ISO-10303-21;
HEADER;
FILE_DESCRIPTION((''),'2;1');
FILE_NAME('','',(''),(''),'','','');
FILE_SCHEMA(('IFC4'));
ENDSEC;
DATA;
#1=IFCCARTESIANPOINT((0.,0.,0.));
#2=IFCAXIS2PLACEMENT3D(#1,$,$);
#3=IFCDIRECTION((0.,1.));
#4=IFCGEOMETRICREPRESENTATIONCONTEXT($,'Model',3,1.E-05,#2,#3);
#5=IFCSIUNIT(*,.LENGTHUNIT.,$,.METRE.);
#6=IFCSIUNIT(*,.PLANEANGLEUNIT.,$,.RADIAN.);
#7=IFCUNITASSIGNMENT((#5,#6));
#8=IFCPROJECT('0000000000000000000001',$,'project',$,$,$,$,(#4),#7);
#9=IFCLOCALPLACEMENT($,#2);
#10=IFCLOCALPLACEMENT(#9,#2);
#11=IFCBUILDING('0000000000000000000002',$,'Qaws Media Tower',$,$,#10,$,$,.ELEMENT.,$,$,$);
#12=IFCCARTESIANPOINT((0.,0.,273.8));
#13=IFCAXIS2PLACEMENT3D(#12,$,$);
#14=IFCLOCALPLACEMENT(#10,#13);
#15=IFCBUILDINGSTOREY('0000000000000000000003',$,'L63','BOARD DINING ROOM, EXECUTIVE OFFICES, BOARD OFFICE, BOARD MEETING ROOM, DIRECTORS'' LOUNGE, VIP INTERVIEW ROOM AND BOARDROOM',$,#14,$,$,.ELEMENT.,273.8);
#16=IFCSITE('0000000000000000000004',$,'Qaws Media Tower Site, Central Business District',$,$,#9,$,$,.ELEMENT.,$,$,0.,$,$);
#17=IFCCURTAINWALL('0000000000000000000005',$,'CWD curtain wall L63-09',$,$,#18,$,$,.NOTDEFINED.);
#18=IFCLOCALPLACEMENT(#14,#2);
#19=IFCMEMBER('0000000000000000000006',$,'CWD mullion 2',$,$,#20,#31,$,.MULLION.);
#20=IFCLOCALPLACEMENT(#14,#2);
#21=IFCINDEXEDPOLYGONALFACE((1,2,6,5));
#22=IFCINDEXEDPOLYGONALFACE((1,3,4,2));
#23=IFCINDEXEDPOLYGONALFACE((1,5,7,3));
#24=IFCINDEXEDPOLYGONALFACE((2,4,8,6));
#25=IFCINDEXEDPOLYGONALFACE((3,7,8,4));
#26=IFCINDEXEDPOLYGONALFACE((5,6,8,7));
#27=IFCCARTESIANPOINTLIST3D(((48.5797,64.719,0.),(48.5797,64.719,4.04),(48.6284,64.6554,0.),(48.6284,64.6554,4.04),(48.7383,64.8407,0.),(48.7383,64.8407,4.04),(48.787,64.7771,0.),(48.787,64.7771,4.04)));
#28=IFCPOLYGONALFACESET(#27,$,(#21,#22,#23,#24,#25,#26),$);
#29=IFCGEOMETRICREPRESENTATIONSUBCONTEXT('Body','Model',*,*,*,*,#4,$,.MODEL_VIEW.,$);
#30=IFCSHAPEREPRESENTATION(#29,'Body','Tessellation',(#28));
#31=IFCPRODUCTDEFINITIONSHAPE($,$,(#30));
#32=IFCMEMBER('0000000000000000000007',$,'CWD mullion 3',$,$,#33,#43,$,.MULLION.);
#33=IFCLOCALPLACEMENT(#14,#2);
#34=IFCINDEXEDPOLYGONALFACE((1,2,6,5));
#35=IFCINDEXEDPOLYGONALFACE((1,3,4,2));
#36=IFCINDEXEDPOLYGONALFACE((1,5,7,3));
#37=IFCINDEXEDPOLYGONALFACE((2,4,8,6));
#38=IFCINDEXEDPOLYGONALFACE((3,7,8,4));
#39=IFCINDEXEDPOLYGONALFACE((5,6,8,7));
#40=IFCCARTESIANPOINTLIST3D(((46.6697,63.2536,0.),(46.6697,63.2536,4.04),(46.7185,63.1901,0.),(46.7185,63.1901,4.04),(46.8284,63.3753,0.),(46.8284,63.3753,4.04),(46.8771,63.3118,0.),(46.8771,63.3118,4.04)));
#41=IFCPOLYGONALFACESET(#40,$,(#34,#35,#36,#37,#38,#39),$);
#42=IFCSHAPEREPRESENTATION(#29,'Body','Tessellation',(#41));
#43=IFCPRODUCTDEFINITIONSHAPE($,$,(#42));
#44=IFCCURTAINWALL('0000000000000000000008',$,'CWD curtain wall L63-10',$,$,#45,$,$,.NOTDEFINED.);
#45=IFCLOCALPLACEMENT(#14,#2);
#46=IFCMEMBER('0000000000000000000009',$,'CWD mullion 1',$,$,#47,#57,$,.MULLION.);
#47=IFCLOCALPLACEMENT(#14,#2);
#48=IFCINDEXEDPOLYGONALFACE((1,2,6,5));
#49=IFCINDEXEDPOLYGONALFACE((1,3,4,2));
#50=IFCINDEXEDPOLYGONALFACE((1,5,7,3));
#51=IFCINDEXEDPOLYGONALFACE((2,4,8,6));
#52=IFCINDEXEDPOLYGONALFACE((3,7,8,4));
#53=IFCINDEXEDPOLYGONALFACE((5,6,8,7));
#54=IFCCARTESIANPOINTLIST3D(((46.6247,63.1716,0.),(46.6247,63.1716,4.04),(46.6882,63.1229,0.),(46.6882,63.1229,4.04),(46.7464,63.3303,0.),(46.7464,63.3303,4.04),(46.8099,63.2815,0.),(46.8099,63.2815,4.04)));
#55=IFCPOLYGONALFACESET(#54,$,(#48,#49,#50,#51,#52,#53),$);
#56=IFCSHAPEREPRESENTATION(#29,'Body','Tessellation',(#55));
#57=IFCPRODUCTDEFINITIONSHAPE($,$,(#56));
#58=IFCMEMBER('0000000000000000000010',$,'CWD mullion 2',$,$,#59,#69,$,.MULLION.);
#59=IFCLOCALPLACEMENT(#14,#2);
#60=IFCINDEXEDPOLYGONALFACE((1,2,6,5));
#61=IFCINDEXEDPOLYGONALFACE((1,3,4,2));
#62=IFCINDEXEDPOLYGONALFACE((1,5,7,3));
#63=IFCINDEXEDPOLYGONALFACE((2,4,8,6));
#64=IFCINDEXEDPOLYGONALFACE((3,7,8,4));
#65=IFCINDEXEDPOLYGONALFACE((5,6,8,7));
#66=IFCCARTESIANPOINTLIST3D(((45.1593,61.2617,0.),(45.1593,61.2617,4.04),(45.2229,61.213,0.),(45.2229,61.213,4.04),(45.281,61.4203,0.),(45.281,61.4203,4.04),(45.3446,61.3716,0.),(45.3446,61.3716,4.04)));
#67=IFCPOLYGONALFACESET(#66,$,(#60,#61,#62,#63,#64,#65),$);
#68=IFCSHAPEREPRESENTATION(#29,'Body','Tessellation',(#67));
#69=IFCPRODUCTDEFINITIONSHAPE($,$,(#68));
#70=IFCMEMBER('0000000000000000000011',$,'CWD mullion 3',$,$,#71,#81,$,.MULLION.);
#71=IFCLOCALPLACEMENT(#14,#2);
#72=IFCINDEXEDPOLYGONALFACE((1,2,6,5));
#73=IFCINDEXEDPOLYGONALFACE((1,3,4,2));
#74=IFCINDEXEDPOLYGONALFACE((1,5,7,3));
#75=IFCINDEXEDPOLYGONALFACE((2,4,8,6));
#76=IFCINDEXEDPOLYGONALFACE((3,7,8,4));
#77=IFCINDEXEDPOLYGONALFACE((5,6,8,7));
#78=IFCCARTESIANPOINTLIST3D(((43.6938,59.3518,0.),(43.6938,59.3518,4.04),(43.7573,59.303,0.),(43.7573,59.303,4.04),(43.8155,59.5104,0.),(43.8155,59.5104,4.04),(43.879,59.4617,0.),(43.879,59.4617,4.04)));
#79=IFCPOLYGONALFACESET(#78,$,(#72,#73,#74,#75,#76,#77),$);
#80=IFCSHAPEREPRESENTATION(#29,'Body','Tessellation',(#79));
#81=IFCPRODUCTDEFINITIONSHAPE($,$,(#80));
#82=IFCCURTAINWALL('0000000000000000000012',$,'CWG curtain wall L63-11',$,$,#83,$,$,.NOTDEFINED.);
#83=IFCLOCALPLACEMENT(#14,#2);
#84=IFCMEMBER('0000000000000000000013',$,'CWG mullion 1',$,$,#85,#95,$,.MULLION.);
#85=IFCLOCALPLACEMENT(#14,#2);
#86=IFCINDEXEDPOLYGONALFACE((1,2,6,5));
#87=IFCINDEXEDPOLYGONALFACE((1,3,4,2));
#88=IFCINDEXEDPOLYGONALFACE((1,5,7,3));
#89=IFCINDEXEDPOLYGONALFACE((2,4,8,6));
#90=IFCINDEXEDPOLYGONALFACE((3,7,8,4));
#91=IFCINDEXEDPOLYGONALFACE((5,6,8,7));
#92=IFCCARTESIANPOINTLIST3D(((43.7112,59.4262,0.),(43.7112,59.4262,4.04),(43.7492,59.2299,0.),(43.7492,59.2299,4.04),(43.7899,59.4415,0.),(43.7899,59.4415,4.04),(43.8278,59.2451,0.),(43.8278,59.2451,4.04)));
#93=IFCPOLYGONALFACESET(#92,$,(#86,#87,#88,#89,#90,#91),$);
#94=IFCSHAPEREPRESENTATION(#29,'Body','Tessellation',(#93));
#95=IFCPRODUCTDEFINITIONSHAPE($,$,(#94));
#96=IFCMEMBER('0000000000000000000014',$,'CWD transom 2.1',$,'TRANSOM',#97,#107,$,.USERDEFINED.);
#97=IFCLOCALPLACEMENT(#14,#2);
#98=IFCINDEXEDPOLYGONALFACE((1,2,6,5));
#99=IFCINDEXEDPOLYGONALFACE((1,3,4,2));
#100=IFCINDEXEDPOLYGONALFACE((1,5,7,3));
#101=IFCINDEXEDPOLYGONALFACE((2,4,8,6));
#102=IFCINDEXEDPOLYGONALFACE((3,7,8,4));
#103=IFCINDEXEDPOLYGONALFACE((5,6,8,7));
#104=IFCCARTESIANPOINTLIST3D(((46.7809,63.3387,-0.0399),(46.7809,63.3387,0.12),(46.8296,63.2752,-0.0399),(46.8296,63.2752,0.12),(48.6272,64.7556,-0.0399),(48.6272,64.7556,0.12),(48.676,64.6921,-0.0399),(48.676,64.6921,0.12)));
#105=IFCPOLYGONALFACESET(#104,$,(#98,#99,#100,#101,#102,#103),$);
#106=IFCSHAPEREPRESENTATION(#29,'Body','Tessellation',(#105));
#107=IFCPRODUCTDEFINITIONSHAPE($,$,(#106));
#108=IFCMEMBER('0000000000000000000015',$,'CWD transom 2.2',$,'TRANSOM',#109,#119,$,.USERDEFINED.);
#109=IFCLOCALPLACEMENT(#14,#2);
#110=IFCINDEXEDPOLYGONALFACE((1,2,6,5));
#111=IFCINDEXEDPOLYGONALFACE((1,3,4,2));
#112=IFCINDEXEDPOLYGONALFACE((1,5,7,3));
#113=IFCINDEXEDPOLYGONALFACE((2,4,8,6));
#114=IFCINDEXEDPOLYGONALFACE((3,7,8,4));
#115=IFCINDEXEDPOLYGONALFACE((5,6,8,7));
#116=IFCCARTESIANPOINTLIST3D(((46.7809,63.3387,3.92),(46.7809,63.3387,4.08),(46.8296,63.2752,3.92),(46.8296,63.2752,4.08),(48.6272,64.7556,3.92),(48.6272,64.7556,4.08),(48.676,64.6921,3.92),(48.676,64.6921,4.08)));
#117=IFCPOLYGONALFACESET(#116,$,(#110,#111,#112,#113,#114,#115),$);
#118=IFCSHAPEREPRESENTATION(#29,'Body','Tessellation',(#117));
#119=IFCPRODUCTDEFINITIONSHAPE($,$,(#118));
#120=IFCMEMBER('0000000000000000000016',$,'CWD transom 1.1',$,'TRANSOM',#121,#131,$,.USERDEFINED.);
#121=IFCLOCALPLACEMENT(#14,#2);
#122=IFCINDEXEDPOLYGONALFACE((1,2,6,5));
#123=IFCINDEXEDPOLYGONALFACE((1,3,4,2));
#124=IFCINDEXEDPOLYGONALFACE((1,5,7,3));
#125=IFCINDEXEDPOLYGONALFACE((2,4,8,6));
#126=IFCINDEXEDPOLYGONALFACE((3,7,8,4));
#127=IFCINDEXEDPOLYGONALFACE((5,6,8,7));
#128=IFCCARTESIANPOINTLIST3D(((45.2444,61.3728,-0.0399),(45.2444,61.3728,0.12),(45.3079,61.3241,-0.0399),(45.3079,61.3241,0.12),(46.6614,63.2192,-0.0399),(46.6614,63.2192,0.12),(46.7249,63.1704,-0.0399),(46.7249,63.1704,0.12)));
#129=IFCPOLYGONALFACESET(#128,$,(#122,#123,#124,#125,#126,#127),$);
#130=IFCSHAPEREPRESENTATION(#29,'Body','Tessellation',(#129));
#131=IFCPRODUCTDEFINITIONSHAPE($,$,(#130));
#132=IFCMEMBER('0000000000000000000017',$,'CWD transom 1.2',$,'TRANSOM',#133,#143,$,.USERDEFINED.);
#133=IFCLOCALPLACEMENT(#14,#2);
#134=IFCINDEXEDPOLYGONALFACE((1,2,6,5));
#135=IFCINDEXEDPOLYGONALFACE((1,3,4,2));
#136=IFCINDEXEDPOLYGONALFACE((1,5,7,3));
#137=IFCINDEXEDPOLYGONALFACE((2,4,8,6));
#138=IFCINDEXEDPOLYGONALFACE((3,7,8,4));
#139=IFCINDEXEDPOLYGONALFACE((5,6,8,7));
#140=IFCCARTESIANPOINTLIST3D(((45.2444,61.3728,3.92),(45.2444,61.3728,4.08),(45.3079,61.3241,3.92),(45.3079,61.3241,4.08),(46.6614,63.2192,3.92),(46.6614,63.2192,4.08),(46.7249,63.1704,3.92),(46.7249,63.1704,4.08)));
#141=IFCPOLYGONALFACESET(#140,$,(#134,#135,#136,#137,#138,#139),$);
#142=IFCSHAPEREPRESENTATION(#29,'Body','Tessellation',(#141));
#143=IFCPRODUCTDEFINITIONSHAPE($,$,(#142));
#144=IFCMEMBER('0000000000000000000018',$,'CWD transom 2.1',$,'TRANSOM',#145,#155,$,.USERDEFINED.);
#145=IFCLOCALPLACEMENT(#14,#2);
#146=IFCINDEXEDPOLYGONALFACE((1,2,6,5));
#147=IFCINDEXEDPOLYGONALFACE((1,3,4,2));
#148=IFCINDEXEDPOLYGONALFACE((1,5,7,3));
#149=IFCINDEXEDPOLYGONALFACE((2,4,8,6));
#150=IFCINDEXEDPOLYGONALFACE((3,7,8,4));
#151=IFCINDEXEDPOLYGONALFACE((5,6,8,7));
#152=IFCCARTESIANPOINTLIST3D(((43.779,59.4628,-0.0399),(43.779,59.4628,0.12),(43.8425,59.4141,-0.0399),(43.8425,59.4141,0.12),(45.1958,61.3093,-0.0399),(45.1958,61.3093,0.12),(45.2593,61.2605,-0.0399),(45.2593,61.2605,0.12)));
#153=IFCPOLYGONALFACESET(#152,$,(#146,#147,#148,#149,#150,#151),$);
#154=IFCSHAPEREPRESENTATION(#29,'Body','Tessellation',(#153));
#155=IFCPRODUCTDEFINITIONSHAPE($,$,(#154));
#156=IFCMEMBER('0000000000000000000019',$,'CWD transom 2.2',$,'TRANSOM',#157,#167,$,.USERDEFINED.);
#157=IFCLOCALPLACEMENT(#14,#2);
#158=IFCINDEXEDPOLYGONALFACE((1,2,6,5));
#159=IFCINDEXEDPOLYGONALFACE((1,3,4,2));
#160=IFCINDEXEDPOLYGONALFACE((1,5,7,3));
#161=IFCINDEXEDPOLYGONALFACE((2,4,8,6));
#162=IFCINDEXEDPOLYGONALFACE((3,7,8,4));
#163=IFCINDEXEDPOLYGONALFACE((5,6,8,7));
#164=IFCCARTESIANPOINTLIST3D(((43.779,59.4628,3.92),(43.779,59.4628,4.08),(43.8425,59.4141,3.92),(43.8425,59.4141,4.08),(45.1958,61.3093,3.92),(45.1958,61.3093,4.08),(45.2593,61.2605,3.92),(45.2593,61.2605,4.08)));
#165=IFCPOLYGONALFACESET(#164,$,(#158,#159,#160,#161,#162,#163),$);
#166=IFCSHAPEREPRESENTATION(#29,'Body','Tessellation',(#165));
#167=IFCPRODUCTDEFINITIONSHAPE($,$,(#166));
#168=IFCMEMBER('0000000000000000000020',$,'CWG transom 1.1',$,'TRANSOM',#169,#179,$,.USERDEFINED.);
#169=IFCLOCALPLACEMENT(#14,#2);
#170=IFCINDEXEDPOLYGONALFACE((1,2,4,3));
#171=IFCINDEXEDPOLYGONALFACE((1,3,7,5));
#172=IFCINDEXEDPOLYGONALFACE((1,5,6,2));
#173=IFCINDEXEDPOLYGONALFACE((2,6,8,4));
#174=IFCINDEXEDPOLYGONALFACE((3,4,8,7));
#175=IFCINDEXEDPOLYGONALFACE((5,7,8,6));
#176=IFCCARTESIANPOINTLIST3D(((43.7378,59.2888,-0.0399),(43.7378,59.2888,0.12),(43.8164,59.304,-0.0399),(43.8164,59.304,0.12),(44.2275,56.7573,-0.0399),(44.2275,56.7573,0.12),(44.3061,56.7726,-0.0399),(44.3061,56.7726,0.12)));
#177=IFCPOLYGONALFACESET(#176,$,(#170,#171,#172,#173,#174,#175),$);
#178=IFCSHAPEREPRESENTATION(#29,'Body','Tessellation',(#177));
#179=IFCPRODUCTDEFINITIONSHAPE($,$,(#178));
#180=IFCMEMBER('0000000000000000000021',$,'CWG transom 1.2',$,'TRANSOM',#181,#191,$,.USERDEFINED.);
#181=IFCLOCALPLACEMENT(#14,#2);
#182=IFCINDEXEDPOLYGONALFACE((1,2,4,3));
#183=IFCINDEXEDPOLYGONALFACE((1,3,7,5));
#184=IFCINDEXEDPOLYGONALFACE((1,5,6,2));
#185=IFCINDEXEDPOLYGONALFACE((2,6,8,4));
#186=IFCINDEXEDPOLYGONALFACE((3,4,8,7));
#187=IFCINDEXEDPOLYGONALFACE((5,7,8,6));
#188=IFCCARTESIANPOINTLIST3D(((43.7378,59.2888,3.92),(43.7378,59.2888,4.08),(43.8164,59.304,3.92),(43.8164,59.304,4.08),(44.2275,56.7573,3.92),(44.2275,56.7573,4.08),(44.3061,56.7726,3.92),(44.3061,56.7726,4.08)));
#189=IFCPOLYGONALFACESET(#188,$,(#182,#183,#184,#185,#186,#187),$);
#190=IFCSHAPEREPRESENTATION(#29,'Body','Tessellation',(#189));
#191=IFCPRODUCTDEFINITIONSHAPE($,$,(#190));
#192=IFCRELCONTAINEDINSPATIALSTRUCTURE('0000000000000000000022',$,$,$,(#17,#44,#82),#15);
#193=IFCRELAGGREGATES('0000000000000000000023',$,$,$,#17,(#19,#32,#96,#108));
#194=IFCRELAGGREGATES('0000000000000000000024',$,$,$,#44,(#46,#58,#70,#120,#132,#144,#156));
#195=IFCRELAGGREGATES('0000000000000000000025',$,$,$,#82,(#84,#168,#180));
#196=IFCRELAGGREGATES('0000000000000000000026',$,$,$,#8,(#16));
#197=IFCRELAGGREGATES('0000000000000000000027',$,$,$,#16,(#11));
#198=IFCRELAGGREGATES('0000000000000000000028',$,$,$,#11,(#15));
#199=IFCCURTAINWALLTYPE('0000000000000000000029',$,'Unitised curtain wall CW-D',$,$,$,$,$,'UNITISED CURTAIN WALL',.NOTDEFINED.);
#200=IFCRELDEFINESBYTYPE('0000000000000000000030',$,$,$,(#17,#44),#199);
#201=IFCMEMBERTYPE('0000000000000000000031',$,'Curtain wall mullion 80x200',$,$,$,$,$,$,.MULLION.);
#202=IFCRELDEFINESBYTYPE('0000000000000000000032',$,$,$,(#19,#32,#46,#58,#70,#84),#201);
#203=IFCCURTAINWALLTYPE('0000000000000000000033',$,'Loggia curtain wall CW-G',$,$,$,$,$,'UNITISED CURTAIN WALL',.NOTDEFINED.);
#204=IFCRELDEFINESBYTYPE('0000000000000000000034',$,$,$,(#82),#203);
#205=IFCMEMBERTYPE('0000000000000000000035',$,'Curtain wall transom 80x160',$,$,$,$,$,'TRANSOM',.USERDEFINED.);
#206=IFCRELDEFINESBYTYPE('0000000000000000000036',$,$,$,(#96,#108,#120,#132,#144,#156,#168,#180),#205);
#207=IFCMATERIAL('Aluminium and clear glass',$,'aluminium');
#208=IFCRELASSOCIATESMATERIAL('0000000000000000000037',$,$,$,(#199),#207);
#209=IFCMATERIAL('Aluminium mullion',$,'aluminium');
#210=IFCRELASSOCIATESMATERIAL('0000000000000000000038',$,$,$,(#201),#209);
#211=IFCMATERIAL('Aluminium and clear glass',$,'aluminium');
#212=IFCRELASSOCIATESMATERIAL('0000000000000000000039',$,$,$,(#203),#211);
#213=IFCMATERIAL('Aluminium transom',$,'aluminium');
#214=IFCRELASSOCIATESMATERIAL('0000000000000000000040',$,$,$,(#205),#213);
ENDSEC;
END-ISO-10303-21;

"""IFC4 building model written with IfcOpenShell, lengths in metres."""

from ifc_helpers import new_model, si_unit, direction, frame, origin, origin_2d, place, context, subcontext, project, spatial, rectangle, extrude, material, material_profile, profile_set, type_object, element, aggregate, save


model = new_model("IFC4")

# Units and contexts
model_context = context("Model", 3, precision=1e-05, world=origin(), true_north=direction((0.0, 1.0)))
body_context = subcontext(model_context, "Body", "Model", "MODEL_VIEW")
ifc_project = project(units=[si_unit("LENGTHUNIT", "METRE"), si_unit("PLANEANGLEUNIT", "RADIAN")], contexts=[model_context])

# Site, building, storey
site_placement = place(None, origin())
site = spatial("IfcSite", under=ifc_project, at=site_placement, Name="Qaws Media Tower Site, Central Business District", CompositionType="ELEMENT", RefElevation=0.0)
building_placement = place(site_placement, origin())
building = spatial("IfcBuilding", under=site, at=building_placement, Name="Qaws Media Tower", CompositionType="ELEMENT")
storey_placement = place(building_placement, frame((0.0, 0.0, 273.8)))
storey = spatial("IfcBuildingStorey", under=building, at=storey_placement, Name="L63", Description="BOARD DINING ROOM, EXECUTIVE OFFICES, BOARD OFFICE, BOARD MEETING ROOM, DIRECTORS' LOUNGE, VIP INTERVIEW ROOM AND BOARDROOM", CompositionType="ELEMENT", Elevation=273.8)

# Curtain walls, members
ifc_material_1 = material(Name="Aluminium and clear glass", Category="aluminium")
curtain_wall_type_1 = type_object("IfcCurtainWallType", Name="Unitised curtain wall CW-D", ElementType="UNITISED CURTAIN WALL", PredefinedType="NOTDEFINED", material=ifc_material_1)
curtain_wall_1_placement = place(storey_placement, origin())
curtain_wall_1 = element("IfcCurtainWall", 1, at=curtain_wall_1_placement, inside=storey, type_object=curtain_wall_type_1, Name="CWD curtain wall L63-09", PredefinedType="NOTDEFINED")
ifc_material_2 = material(Name="Aluminium mullion", Category="aluminium")
ifc_material_profile_1 = material_profile(ifc_material_2, rectangle(XDim=0.0801, YDim=0.2, at=origin_2d()), Name="80x200")
ifc_profile_set_1 = profile_set([ifc_material_profile_1], Name="Aluminium mullion")
member_type_1 = type_object("IfcMemberType", Name="Curtain wall mullion 80x200", PredefinedType="MULLION", material=ifc_profile_set_1)
member_1_placement = place(storey_placement, frame((48.6833, 64.748, 0.0), z_axis=(0.0, 0.0, 1.0), x_axis=(0.608761, -0.793353, 0.0)))
member_1 = element("IfcMember", 2, at=member_1_placement, type_object=member_type_1, Name="CWD mullion 2", PredefinedType="MULLION", context=body_context, shape_type="SweptSolid", body=[
    extrude(rectangle(XDim=0.0801, YDim=0.2, at=origin_2d()), origin(), (0.0, 0.0, 1.0), 4.04),
])
member_2_placement = place(storey_placement, frame((46.7734, 63.2827, 0.0), z_axis=(0.0, 0.0, 1.0), x_axis=(0.608761, -0.793353, 0.0)))
member_2 = element("IfcMember", 3, at=member_2_placement, type_object=member_type_1, Name="CWD mullion 3", PredefinedType="MULLION", context=body_context, shape_type="SweptSolid", body=[
    extrude(rectangle(XDim=0.0801, YDim=0.2, at=origin_2d()), origin(), (0.0, 0.0, 1.0), 4.04),
])
curtain_wall_2_placement = place(storey_placement, origin())
curtain_wall_2 = element("IfcCurtainWall", 4, at=curtain_wall_2_placement, inside=storey, type_object=curtain_wall_type_1, Name="CWD curtain wall L63-10", PredefinedType="NOTDEFINED")
member_3_placement = place(storey_placement, frame((46.7173, 63.2266, 0.0), z_axis=(0.0, 0.0, 1.0), x_axis=(0.793353, -0.608761, 0.0)))
member_3 = element("IfcMember", 5, at=member_3_placement, type_object=member_type_1, Name="CWD mullion 1", PredefinedType="MULLION", context=body_context, shape_type="SweptSolid", body=[
    extrude(rectangle(XDim=0.0801, YDim=0.2, at=origin_2d()), origin(), (0.0, 0.0, 1.0), 4.04),
])
member_4_placement = place(storey_placement, frame((45.252, 61.3167, 0.0), z_axis=(0.0, 0.0, 1.0), x_axis=(0.793353, -0.608761, 0.0)))
member_4 = element("IfcMember", 6, at=member_4_placement, type_object=member_type_1, Name="CWD mullion 2", PredefinedType="MULLION", context=body_context, shape_type="SweptSolid", body=[
    extrude(rectangle(XDim=0.0801, YDim=0.2, at=origin_2d()), origin(), (0.0, 0.0, 1.0), 4.04),
])
member_5_placement = place(storey_placement, frame((43.7864, 59.4067, 0.0), z_axis=(0.0, 0.0, 1.0), x_axis=(0.793353, -0.608761, 0.0)))
member_5 = element("IfcMember", 7, at=member_5_placement, type_object=member_type_1, Name="CWD mullion 3", PredefinedType="MULLION", context=body_context, shape_type="SweptSolid", body=[
    extrude(rectangle(XDim=0.0801, YDim=0.2, at=origin_2d()), origin(), (0.0, 0.0, 1.0), 4.04),
])

# Curtain wall, member
ifc_material_3 = material(Name="Aluminium and clear glass", Category="aluminium")
curtain_wall_type_2 = type_object("IfcCurtainWallType", Name="Loggia curtain wall CW-G", ElementType="UNITISED CURTAIN WALL", PredefinedType="NOTDEFINED", material=ifc_material_3)
curtain_wall_3_placement = place(storey_placement, origin())
curtain_wall_3 = element("IfcCurtainWall", 8, at=curtain_wall_3_placement, inside=storey, type_object=curtain_wall_type_2, Name="CWG curtain wall L63-11", PredefinedType="NOTDEFINED")
member_6_placement = place(storey_placement, frame((43.7695, 59.3357, 0.0), z_axis=(0.0, 0.0, 1.0), x_axis=(0.981811, 0.189863, 0.0)))
member_6 = element("IfcMember", 9, at=member_6_placement, type_object=member_type_1, Name="CWG mullion 1", PredefinedType="MULLION", context=body_context, shape_type="SweptSolid", body=[
    extrude(rectangle(XDim=0.0801, YDim=0.2, at=origin_2d()), origin(), (0.0, 0.0, 1.0), 4.04),
])

# Members
ifc_material_4 = material(Name="Aluminium transom", Category="aluminium")
ifc_material_profile_2 = material_profile(ifc_material_4, rectangle(XDim=0.0801, YDim=0.1599, at=origin_2d()), Name="80x160")
ifc_profile_set_2 = profile_set([ifc_material_profile_2], Name="Aluminium transom")
member_type_2 = type_object("IfcMemberType", Name="Curtain wall transom 80x160", ElementType="TRANSOM", PredefinedType="USERDEFINED", material=ifc_profile_set_2)
member_7_placement = place(storey_placement, frame((48.6516, 64.7239, 0.04), z_axis=(-0.793318, -0.608808, 0.0), x_axis=(0.608808, -0.793318, 0.0)))
member_7 = element("IfcMember", 10, at=member_7_placement, type_object=member_type_2, Name="CWD transom 2.1", ObjectType="TRANSOM", PredefinedType="USERDEFINED", context=body_context, shape_type="SweptSolid", body=[
    extrude(rectangle(XDim=0.0801, YDim=0.1599, at=origin_2d()), origin(), (0.0, 0.0, 1.0), 2.3274),
])
member_8_placement = place(storey_placement, frame((48.6516, 64.7239, 4.0), z_axis=(-0.793318, -0.608808, 0.0), x_axis=(0.608808, -0.793318, 0.0)))
member_8 = element("IfcMember", 11, at=member_8_placement, type_object=member_type_2, Name="CWD transom 2.2", ObjectType="TRANSOM", PredefinedType="USERDEFINED", context=body_context, shape_type="SweptSolid", body=[
    extrude(rectangle(XDim=0.0801, YDim=0.1599, at=origin_2d()), origin(), (0.0, 0.0, 1.0), 2.3274),
])
member_9_placement = place(storey_placement, frame((46.6931, 63.1948, 0.04), z_axis=(-0.608808, -0.793318, 0.0), x_axis=(0.793318, -0.608808, 0.0)))
member_9 = element("IfcMember", 12, at=member_9_placement, type_object=member_type_2, Name="CWD transom 1.1", ObjectType="TRANSOM", PredefinedType="USERDEFINED", context=body_context, shape_type="SweptSolid", body=[
    extrude(rectangle(XDim=0.0801, YDim=0.1599, at=origin_2d()), origin(), (0.0, 0.0, 1.0), 2.3274),
])
member_10_placement = place(storey_placement, frame((46.6931, 63.1948, 4.0), z_axis=(-0.608808, -0.793318, 0.0), x_axis=(0.793318, -0.608808, 0.0)))
member_10 = element("IfcMember", 13, at=member_10_placement, type_object=member_type_2, Name="CWD transom 1.2", ObjectType="TRANSOM", PredefinedType="USERDEFINED", context=body_context, shape_type="SweptSolid", body=[
    extrude(rectangle(XDim=0.0801, YDim=0.1599, at=origin_2d()), origin(), (0.0, 0.0, 1.0), 2.3274),
])
member_11_placement = place(storey_placement, frame((45.2275, 61.2849, 0.04), z_axis=(-0.608742, -0.793368, 0.0), x_axis=(0.793368, -0.608742, 0.0)))
member_11 = element("IfcMember", 14, at=member_11_placement, type_object=member_type_2, Name="CWD transom 2.1", ObjectType="TRANSOM", PredefinedType="USERDEFINED", context=body_context, shape_type="SweptSolid", body=[
    extrude(rectangle(XDim=0.0801, YDim=0.1599, at=origin_2d()), origin(), (0.0, 0.0, 1.0), 2.3274),
])
member_12_placement = place(storey_placement, frame((45.2275, 61.2849, 4.0), z_axis=(-0.608742, -0.793368, 0.0), x_axis=(0.793368, -0.608742, 0.0)))
member_12 = element("IfcMember", 15, at=member_12_placement, type_object=member_type_2, Name="CWD transom 2.2", ObjectType="TRANSOM", PredefinedType="USERDEFINED", context=body_context, shape_type="SweptSolid", body=[
    extrude(rectangle(XDim=0.0801, YDim=0.1599, at=origin_2d()), origin(), (0.0, 0.0, 1.0), 2.3274),
])
member_13_placement = place(storey_placement, frame((43.7771, 59.2964, 0.04), z_axis=(0.189939, -0.981796, 0.0), x_axis=(0.981796, 0.189939, 0.0)))
member_13 = element("IfcMember", 16, at=member_13_placement, type_object=member_type_2, Name="CWG transom 1.1", ObjectType="TRANSOM", PredefinedType="USERDEFINED", context=body_context, shape_type="SweptSolid", body=[
    extrude(rectangle(XDim=0.0801, YDim=0.1599, at=origin_2d()), origin(), (0.0, 0.0, 1.0), 2.5784),
])
member_14_placement = place(storey_placement, frame((43.7771, 59.2964, 4.0), z_axis=(0.189939, -0.981796, 0.0), x_axis=(0.981796, 0.189939, 0.0)))
member_14 = element("IfcMember", 17, at=member_14_placement, type_object=member_type_2, Name="CWG transom 1.2", ObjectType="TRANSOM", PredefinedType="USERDEFINED", context=body_context, shape_type="SweptSolid", body=[
    extrude(rectangle(XDim=0.0801, YDim=0.1599, at=origin_2d()), origin(), (0.0, 0.0, 1.0), 2.5784),
])

aggregate(curtain_wall_1, [member_1, member_2, member_7, member_8])
aggregate(curtain_wall_2, [member_3, member_4, member_5, member_9, member_10, member_11, member_12])
aggregate(curtain_wall_3, [member_6, member_13, member_14])

save(model, "model.ifc")
